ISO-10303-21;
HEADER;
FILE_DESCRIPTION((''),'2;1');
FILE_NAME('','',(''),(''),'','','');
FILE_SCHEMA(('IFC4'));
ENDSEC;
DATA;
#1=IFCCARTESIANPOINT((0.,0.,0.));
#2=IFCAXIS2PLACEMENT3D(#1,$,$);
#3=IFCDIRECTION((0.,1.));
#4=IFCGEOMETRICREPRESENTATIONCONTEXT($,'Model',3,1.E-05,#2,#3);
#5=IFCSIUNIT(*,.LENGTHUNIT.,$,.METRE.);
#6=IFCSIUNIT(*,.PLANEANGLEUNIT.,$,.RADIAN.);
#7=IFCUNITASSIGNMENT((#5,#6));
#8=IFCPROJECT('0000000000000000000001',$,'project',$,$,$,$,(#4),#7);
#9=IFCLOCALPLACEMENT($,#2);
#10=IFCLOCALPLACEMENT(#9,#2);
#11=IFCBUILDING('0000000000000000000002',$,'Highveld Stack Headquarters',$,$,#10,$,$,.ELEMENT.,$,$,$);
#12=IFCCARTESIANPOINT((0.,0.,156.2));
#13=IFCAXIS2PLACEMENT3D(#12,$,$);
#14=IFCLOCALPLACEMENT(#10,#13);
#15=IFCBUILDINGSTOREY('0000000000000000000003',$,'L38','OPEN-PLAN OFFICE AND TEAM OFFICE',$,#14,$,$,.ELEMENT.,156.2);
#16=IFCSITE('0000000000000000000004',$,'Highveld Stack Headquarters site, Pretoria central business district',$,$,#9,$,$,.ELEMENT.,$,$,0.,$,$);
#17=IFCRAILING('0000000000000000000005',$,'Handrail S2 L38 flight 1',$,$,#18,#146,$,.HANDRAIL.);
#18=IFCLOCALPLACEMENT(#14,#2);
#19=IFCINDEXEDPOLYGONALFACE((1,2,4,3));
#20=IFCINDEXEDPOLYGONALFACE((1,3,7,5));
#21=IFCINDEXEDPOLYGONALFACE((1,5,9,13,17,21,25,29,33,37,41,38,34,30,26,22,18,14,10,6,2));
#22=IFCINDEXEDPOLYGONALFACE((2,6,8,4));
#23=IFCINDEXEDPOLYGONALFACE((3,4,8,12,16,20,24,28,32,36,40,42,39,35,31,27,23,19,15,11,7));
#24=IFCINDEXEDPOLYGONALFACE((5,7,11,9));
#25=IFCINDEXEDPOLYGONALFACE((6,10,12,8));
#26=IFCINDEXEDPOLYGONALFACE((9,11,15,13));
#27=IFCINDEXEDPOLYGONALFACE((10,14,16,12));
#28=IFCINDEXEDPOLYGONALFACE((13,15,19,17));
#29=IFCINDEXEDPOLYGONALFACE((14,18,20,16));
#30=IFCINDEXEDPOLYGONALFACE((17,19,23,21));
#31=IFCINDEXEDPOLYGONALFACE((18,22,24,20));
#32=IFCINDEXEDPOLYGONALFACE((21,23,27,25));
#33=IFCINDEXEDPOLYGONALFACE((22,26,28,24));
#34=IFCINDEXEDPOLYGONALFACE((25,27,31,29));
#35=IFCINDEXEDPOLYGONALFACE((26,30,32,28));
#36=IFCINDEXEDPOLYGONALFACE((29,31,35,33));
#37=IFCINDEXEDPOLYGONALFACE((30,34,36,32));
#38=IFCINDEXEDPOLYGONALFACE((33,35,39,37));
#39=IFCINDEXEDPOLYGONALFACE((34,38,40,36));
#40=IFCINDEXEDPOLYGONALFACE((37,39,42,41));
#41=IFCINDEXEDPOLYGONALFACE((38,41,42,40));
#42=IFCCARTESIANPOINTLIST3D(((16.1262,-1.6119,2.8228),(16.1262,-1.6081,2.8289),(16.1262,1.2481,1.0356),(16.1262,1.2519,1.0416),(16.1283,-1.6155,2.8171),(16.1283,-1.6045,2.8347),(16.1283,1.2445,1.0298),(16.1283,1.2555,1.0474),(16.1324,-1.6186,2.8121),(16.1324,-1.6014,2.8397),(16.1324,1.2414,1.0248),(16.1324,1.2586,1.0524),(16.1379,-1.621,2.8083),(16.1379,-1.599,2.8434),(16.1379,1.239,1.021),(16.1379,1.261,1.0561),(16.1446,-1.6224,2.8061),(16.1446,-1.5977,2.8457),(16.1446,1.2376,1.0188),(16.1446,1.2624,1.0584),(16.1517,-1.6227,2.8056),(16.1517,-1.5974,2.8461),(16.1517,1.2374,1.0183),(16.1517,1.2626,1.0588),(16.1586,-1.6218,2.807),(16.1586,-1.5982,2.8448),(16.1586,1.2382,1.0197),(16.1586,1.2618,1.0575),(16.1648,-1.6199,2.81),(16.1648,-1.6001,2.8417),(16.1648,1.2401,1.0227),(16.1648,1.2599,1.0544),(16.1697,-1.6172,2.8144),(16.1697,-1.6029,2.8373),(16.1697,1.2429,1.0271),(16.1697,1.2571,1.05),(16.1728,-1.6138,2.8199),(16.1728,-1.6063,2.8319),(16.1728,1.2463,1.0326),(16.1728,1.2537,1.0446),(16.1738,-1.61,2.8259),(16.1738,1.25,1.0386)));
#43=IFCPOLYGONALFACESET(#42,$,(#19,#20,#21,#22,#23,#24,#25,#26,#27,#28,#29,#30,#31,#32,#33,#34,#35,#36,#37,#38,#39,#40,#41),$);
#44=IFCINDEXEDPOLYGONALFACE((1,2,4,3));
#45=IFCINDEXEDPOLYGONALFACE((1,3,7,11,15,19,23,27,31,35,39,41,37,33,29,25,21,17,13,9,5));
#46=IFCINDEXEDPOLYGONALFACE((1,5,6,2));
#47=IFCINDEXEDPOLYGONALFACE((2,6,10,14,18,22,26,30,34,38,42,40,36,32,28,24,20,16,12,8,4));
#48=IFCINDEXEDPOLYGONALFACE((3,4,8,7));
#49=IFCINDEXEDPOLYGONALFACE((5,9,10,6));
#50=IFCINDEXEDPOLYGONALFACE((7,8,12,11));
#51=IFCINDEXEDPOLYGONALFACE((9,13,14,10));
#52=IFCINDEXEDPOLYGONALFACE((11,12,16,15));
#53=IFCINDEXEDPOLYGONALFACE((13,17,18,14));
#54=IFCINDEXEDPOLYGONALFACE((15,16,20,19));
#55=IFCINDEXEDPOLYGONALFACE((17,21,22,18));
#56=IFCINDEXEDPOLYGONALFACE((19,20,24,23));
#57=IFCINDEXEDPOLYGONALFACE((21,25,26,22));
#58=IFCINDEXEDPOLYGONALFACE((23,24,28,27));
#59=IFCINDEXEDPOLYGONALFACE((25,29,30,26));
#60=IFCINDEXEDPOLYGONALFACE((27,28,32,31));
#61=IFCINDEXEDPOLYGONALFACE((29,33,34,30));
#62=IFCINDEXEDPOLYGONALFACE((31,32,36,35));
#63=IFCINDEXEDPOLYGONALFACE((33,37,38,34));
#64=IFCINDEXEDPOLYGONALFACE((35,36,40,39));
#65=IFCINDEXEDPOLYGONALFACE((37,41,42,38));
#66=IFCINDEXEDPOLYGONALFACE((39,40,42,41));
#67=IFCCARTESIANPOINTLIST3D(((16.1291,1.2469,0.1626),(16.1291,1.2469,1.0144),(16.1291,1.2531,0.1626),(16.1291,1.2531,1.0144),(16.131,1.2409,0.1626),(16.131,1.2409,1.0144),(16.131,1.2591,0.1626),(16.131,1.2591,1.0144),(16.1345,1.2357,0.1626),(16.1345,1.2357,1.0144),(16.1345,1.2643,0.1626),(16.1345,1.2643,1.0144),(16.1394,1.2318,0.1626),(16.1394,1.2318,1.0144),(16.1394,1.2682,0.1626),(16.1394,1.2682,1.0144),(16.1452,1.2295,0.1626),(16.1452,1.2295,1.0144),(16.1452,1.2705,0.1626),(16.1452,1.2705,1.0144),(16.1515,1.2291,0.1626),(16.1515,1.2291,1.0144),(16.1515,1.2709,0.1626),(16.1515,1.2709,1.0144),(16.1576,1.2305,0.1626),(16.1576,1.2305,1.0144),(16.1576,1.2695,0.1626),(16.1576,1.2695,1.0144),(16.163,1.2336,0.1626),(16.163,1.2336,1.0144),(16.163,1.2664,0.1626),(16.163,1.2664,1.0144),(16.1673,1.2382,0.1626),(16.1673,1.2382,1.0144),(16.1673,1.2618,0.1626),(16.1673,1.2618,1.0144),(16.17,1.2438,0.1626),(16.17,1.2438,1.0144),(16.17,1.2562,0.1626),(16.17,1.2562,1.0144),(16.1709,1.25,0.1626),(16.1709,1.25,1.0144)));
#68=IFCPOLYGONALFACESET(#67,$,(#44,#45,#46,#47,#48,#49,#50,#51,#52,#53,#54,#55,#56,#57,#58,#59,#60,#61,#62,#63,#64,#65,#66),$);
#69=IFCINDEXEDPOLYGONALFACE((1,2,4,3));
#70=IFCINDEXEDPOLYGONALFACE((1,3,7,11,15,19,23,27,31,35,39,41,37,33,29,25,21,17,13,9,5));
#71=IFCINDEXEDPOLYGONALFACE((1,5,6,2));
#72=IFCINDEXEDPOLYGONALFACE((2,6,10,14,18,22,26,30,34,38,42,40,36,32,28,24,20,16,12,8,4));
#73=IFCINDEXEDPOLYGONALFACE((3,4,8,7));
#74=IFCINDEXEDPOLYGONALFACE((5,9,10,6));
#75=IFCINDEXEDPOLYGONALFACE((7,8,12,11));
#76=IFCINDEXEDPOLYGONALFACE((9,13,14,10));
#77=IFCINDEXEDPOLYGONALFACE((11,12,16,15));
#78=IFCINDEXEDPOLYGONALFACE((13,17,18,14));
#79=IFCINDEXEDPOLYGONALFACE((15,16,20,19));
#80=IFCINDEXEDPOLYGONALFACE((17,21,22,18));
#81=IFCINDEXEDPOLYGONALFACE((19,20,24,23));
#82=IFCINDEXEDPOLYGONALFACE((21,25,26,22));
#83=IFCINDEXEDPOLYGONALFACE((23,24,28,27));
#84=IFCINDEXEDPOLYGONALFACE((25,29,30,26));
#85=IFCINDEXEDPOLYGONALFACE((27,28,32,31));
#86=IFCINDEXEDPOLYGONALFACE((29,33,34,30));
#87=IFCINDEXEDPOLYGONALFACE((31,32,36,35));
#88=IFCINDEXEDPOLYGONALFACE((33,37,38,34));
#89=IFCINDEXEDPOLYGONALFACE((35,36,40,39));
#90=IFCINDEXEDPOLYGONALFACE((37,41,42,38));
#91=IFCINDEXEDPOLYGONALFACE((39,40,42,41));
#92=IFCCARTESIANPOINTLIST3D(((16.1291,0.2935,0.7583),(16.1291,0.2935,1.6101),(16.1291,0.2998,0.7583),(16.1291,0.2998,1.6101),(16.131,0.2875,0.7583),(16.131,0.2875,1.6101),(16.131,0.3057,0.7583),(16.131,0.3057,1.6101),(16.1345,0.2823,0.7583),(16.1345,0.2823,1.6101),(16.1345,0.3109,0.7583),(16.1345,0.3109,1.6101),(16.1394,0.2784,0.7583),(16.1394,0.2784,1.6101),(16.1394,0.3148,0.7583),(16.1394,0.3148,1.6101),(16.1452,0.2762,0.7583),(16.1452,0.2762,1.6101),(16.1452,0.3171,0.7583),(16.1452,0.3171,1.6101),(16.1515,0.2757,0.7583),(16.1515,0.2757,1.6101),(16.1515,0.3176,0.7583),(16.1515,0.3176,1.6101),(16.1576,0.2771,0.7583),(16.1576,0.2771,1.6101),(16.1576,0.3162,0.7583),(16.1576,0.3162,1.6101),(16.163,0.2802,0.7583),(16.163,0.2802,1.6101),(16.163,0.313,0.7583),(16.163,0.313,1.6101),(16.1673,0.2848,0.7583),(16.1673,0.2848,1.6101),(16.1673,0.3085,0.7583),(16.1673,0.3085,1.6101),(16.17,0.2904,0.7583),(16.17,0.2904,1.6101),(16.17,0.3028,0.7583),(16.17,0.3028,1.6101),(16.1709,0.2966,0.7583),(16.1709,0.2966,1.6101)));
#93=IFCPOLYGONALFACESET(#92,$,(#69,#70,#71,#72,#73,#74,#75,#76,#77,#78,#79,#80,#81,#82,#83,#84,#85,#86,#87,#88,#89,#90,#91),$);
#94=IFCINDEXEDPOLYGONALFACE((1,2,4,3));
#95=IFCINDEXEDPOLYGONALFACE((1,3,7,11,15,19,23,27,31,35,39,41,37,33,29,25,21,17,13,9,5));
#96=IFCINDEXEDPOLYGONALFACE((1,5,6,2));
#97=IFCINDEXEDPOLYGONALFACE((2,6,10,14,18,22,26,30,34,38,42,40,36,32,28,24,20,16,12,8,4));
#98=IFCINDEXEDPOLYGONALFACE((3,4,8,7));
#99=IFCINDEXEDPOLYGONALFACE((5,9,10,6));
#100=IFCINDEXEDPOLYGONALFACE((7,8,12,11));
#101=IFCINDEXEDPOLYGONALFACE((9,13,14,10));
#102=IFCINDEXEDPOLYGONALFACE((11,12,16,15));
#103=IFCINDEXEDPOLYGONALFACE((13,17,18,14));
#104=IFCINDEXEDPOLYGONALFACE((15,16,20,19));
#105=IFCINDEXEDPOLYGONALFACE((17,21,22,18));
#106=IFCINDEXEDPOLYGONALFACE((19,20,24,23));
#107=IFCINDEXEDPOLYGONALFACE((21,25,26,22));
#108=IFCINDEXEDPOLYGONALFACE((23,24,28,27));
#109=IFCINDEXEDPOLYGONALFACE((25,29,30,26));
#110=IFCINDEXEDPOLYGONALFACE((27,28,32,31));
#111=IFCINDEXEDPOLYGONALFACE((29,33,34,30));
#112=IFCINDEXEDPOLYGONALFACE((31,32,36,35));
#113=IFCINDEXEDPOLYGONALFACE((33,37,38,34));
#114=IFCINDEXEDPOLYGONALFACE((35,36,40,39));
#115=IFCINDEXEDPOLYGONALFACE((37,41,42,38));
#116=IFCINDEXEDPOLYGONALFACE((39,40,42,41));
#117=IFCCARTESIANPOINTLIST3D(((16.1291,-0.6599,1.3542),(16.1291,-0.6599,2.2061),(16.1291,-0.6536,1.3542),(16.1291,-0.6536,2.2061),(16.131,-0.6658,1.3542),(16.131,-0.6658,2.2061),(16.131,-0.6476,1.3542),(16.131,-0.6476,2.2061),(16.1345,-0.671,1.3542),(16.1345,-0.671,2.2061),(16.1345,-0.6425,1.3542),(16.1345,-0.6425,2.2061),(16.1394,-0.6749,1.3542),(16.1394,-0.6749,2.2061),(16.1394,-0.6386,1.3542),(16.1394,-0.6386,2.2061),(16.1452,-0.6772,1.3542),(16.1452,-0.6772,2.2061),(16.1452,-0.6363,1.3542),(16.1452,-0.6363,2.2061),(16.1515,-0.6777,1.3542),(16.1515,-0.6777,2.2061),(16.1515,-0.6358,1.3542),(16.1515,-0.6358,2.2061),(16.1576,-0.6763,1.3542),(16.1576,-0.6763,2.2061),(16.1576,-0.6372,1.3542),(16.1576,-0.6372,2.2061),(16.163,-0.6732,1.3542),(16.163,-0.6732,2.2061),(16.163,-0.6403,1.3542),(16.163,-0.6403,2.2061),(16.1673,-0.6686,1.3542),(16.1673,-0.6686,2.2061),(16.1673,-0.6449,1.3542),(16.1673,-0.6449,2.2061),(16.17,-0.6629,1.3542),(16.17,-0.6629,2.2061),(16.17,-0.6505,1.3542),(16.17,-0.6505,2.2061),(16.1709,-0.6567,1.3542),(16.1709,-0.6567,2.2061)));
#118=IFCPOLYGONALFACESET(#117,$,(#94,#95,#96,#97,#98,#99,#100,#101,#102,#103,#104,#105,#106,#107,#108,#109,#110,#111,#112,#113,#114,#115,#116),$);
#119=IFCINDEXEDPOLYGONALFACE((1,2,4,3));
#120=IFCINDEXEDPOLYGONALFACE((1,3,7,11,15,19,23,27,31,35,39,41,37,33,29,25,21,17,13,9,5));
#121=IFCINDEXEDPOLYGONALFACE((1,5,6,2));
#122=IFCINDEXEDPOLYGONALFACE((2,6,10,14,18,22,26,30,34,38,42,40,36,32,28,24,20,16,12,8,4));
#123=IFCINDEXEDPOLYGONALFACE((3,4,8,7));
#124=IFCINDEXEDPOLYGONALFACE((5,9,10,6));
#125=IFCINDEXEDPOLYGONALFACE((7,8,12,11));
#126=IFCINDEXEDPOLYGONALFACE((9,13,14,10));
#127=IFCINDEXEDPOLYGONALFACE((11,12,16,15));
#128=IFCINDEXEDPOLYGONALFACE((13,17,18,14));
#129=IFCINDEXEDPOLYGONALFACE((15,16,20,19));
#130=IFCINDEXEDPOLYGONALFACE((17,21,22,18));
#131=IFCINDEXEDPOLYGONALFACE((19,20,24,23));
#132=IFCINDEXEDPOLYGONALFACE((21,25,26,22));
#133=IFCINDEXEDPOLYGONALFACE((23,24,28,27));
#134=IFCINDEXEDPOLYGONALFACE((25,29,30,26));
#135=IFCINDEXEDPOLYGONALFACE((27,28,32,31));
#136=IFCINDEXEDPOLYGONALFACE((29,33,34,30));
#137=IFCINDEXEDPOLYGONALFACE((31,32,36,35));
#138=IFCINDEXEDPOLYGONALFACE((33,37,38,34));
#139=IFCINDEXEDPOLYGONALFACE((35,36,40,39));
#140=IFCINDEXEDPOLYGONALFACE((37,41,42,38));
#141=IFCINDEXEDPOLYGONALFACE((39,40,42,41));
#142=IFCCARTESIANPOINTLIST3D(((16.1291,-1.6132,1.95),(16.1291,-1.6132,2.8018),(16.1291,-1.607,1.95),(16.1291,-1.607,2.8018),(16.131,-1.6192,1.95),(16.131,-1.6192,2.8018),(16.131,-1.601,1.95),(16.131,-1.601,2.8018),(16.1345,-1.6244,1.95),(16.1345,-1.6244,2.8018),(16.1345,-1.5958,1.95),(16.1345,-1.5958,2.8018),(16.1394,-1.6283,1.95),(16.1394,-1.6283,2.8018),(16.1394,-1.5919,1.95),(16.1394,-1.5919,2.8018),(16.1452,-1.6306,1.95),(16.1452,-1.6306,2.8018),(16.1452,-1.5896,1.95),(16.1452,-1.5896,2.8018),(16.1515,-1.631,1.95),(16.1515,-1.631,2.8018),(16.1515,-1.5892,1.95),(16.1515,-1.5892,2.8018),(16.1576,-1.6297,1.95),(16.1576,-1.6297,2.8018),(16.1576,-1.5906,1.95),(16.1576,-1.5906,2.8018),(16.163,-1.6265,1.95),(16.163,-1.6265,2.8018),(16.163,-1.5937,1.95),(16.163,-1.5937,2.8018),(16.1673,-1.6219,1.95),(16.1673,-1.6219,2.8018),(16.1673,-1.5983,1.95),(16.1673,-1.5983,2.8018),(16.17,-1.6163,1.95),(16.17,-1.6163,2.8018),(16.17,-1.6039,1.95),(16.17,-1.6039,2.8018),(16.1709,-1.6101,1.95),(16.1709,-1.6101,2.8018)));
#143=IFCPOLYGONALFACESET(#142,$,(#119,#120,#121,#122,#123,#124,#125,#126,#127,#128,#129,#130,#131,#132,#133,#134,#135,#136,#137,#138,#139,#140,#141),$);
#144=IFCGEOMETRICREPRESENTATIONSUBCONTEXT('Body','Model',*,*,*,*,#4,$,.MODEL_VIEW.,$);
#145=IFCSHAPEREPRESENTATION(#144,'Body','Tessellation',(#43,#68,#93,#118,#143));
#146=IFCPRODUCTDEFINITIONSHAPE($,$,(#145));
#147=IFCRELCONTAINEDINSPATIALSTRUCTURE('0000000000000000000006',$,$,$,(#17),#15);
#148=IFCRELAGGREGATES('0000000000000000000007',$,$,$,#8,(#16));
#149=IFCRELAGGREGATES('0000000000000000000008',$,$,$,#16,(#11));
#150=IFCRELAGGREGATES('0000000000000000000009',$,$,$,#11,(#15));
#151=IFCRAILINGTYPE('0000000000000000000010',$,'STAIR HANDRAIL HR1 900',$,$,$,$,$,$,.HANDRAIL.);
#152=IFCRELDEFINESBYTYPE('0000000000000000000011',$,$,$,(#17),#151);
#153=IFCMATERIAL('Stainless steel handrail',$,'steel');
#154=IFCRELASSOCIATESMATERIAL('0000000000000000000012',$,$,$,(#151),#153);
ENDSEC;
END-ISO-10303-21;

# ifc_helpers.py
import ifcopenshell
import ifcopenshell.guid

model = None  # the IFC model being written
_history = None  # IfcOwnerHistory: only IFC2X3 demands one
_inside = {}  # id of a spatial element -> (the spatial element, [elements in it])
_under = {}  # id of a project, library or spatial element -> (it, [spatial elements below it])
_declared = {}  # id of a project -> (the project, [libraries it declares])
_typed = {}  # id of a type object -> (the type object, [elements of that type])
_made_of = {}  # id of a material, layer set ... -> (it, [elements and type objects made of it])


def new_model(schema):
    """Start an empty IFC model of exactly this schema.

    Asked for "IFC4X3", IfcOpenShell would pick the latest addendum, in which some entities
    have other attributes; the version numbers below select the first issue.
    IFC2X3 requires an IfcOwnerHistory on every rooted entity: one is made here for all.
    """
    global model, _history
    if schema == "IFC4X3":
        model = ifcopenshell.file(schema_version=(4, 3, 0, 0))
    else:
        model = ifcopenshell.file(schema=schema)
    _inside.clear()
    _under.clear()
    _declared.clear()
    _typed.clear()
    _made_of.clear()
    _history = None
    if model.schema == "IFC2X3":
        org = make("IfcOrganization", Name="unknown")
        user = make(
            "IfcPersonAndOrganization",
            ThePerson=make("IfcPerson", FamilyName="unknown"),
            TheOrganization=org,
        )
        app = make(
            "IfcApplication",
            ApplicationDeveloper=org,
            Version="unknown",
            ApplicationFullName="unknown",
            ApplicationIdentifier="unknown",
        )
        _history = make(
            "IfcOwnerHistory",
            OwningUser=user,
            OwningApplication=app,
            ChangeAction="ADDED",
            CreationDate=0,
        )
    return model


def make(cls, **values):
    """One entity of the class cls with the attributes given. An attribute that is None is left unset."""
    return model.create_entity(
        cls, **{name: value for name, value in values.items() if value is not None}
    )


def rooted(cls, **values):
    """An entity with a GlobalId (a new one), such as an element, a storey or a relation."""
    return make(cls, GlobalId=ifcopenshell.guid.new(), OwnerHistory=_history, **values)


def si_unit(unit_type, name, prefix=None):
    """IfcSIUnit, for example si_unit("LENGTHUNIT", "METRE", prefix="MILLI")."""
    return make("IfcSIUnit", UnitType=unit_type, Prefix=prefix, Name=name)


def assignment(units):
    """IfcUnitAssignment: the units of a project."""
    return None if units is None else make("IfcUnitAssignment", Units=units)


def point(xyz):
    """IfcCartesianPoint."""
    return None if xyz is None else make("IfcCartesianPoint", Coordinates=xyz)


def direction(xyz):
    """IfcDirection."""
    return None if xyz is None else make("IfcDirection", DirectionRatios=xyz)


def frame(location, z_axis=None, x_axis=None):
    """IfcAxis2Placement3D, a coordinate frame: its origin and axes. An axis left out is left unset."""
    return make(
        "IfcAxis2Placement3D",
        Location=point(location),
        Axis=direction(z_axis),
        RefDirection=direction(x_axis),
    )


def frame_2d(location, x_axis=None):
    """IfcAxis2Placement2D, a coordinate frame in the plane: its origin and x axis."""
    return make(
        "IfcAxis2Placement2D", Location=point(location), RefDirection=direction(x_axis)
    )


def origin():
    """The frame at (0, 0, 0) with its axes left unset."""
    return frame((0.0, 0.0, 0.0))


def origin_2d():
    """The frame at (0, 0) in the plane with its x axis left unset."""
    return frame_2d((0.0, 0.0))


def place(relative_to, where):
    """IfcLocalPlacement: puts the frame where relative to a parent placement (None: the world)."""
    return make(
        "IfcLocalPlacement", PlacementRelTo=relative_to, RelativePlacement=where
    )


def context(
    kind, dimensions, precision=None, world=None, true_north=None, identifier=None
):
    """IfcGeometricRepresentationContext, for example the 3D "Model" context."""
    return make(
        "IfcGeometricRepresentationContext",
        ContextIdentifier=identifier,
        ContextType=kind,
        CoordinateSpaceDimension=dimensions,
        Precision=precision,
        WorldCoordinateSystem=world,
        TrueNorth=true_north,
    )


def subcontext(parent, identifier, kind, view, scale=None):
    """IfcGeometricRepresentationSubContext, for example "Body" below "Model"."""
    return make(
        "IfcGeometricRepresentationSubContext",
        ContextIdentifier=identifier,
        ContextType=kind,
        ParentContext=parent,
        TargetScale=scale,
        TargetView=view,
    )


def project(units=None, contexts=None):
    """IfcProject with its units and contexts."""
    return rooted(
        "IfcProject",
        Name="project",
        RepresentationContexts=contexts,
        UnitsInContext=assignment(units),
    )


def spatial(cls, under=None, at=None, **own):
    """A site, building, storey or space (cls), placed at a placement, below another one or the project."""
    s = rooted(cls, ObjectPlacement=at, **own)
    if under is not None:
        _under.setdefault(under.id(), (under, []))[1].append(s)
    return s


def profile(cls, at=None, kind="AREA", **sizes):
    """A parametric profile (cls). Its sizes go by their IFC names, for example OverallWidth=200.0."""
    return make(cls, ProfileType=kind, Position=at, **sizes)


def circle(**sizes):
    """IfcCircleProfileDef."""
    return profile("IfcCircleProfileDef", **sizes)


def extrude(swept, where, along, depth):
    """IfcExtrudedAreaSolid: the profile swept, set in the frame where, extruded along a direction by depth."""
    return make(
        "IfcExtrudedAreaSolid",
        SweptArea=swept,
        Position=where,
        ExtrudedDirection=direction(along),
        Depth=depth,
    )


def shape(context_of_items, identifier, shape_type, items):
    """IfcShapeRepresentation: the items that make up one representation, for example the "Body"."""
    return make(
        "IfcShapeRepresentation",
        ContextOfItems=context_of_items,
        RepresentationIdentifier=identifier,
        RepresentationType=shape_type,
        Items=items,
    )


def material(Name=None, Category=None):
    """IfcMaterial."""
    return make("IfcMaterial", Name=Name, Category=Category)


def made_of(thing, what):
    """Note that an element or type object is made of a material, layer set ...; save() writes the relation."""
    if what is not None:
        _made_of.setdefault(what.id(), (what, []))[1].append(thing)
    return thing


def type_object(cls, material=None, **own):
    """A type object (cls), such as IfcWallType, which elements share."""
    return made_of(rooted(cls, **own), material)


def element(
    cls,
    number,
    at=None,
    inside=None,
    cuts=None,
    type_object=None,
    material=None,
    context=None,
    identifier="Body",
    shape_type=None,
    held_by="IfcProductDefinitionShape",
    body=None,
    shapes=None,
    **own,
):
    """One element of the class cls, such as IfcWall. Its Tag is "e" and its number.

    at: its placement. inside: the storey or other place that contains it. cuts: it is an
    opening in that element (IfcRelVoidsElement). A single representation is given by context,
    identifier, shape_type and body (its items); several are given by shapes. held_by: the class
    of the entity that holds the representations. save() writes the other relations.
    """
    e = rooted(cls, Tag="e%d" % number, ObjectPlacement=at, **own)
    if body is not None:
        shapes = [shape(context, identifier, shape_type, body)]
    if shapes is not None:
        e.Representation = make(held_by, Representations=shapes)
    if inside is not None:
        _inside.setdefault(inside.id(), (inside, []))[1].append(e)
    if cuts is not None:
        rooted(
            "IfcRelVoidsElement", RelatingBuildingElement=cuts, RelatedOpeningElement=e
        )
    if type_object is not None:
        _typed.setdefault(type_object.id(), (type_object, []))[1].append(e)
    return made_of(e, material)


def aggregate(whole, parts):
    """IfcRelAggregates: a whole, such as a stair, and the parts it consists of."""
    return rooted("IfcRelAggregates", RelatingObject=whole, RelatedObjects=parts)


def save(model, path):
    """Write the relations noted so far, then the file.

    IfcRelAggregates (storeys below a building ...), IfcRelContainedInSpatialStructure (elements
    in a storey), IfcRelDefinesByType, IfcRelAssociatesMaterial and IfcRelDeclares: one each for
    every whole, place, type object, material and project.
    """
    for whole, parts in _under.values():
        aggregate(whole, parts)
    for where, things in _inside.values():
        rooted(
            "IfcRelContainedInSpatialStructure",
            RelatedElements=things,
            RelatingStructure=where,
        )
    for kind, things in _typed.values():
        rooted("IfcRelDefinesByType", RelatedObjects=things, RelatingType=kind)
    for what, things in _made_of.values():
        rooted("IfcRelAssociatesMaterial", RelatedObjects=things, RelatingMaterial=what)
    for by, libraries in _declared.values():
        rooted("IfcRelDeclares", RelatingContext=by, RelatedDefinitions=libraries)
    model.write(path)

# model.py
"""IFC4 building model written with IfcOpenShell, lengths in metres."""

from ifc_helpers import new_model, si_unit, direction, frame, origin, origin_2d, place, context, subcontext, project, spatial, circle, extrude, material, type_object, element, save


model = new_model("IFC4")

# Units and contexts
model_context = context("Model", 3, precision=1e-05, world=origin(), true_north=direction((0.0, 1.0)))
body_context = subcontext(model_context, "Body", "Model", "MODEL_VIEW")
ifc_project = project(units=[si_unit("LENGTHUNIT", "METRE"), si_unit("PLANEANGLEUNIT", "RADIAN")], contexts=[model_context])

# Site, building, storey
site_placement = place(None, origin())
site = spatial("IfcSite", under=ifc_project, at=site_placement, Name="Highveld Stack Headquarters site, Pretoria central business district", CompositionType="ELEMENT", RefElevation=0.0)
building_placement = place(site_placement, origin())
building = spatial("IfcBuilding", under=site, at=building_placement, Name="Highveld Stack Headquarters", CompositionType="ELEMENT")
storey_placement = place(building_placement, frame((0.0, 0.0, 156.2)))
storey = spatial("IfcBuildingStorey", under=building, at=storey_placement, Name="L38", Description="OPEN-PLAN OFFICE AND TEAM OFFICE", CompositionType="ELEMENT", Elevation=156.2)

# Railing
ifc_material_1 = material(Name="Stainless steel handrail", Category="steel")
railing_type = type_object("IfcRailingType", Name="STAIR HANDRAIL HR1 900", PredefinedType="HANDRAIL", material=ifc_material_1)
for number, where, name in (
    (1, (16.1499, 1.25, 0.1626), "Handrail S2 L38 flight 1"),
):
    element("IfcRailing", number, at=place(storey_placement, frame(where)), inside=storey, type_object=railing_type, Name=name, PredefinedType="HANDRAIL", context=body_context, shape_type="SweptSolid", body=[
        extrude(circle(Radius=0.0239, at=origin_2d()), frame((0.0, 0.0, 0.876), z_axis=(0.0, -0.848027, 0.529953), x_axis=(1.0, 0.0, 0.0)), (0.0, 0.0, 1.0), 3.3726),
        extrude(circle(Radius=0.021, at=origin_2d()), origin(), (0.0, 0.0, 1.0), 0.8518),
        extrude(circle(Radius=0.021, at=origin_2d()), frame((0.0, -0.9534, 0.5957)), (0.0, 0.0, 1.0), 0.8518),
        extrude(circle(Radius=0.021, at=origin_2d()), frame((0.0, -1.9067, 1.1917)), (0.0, 0.0, 1.0), 0.8518),
        extrude(circle(Radius=0.021, at=origin_2d()), frame((0.0, -2.8601, 1.7874)), (0.0, 0.0, 1.0), 0.8518),
    ])

save(model, "model.ifc")
